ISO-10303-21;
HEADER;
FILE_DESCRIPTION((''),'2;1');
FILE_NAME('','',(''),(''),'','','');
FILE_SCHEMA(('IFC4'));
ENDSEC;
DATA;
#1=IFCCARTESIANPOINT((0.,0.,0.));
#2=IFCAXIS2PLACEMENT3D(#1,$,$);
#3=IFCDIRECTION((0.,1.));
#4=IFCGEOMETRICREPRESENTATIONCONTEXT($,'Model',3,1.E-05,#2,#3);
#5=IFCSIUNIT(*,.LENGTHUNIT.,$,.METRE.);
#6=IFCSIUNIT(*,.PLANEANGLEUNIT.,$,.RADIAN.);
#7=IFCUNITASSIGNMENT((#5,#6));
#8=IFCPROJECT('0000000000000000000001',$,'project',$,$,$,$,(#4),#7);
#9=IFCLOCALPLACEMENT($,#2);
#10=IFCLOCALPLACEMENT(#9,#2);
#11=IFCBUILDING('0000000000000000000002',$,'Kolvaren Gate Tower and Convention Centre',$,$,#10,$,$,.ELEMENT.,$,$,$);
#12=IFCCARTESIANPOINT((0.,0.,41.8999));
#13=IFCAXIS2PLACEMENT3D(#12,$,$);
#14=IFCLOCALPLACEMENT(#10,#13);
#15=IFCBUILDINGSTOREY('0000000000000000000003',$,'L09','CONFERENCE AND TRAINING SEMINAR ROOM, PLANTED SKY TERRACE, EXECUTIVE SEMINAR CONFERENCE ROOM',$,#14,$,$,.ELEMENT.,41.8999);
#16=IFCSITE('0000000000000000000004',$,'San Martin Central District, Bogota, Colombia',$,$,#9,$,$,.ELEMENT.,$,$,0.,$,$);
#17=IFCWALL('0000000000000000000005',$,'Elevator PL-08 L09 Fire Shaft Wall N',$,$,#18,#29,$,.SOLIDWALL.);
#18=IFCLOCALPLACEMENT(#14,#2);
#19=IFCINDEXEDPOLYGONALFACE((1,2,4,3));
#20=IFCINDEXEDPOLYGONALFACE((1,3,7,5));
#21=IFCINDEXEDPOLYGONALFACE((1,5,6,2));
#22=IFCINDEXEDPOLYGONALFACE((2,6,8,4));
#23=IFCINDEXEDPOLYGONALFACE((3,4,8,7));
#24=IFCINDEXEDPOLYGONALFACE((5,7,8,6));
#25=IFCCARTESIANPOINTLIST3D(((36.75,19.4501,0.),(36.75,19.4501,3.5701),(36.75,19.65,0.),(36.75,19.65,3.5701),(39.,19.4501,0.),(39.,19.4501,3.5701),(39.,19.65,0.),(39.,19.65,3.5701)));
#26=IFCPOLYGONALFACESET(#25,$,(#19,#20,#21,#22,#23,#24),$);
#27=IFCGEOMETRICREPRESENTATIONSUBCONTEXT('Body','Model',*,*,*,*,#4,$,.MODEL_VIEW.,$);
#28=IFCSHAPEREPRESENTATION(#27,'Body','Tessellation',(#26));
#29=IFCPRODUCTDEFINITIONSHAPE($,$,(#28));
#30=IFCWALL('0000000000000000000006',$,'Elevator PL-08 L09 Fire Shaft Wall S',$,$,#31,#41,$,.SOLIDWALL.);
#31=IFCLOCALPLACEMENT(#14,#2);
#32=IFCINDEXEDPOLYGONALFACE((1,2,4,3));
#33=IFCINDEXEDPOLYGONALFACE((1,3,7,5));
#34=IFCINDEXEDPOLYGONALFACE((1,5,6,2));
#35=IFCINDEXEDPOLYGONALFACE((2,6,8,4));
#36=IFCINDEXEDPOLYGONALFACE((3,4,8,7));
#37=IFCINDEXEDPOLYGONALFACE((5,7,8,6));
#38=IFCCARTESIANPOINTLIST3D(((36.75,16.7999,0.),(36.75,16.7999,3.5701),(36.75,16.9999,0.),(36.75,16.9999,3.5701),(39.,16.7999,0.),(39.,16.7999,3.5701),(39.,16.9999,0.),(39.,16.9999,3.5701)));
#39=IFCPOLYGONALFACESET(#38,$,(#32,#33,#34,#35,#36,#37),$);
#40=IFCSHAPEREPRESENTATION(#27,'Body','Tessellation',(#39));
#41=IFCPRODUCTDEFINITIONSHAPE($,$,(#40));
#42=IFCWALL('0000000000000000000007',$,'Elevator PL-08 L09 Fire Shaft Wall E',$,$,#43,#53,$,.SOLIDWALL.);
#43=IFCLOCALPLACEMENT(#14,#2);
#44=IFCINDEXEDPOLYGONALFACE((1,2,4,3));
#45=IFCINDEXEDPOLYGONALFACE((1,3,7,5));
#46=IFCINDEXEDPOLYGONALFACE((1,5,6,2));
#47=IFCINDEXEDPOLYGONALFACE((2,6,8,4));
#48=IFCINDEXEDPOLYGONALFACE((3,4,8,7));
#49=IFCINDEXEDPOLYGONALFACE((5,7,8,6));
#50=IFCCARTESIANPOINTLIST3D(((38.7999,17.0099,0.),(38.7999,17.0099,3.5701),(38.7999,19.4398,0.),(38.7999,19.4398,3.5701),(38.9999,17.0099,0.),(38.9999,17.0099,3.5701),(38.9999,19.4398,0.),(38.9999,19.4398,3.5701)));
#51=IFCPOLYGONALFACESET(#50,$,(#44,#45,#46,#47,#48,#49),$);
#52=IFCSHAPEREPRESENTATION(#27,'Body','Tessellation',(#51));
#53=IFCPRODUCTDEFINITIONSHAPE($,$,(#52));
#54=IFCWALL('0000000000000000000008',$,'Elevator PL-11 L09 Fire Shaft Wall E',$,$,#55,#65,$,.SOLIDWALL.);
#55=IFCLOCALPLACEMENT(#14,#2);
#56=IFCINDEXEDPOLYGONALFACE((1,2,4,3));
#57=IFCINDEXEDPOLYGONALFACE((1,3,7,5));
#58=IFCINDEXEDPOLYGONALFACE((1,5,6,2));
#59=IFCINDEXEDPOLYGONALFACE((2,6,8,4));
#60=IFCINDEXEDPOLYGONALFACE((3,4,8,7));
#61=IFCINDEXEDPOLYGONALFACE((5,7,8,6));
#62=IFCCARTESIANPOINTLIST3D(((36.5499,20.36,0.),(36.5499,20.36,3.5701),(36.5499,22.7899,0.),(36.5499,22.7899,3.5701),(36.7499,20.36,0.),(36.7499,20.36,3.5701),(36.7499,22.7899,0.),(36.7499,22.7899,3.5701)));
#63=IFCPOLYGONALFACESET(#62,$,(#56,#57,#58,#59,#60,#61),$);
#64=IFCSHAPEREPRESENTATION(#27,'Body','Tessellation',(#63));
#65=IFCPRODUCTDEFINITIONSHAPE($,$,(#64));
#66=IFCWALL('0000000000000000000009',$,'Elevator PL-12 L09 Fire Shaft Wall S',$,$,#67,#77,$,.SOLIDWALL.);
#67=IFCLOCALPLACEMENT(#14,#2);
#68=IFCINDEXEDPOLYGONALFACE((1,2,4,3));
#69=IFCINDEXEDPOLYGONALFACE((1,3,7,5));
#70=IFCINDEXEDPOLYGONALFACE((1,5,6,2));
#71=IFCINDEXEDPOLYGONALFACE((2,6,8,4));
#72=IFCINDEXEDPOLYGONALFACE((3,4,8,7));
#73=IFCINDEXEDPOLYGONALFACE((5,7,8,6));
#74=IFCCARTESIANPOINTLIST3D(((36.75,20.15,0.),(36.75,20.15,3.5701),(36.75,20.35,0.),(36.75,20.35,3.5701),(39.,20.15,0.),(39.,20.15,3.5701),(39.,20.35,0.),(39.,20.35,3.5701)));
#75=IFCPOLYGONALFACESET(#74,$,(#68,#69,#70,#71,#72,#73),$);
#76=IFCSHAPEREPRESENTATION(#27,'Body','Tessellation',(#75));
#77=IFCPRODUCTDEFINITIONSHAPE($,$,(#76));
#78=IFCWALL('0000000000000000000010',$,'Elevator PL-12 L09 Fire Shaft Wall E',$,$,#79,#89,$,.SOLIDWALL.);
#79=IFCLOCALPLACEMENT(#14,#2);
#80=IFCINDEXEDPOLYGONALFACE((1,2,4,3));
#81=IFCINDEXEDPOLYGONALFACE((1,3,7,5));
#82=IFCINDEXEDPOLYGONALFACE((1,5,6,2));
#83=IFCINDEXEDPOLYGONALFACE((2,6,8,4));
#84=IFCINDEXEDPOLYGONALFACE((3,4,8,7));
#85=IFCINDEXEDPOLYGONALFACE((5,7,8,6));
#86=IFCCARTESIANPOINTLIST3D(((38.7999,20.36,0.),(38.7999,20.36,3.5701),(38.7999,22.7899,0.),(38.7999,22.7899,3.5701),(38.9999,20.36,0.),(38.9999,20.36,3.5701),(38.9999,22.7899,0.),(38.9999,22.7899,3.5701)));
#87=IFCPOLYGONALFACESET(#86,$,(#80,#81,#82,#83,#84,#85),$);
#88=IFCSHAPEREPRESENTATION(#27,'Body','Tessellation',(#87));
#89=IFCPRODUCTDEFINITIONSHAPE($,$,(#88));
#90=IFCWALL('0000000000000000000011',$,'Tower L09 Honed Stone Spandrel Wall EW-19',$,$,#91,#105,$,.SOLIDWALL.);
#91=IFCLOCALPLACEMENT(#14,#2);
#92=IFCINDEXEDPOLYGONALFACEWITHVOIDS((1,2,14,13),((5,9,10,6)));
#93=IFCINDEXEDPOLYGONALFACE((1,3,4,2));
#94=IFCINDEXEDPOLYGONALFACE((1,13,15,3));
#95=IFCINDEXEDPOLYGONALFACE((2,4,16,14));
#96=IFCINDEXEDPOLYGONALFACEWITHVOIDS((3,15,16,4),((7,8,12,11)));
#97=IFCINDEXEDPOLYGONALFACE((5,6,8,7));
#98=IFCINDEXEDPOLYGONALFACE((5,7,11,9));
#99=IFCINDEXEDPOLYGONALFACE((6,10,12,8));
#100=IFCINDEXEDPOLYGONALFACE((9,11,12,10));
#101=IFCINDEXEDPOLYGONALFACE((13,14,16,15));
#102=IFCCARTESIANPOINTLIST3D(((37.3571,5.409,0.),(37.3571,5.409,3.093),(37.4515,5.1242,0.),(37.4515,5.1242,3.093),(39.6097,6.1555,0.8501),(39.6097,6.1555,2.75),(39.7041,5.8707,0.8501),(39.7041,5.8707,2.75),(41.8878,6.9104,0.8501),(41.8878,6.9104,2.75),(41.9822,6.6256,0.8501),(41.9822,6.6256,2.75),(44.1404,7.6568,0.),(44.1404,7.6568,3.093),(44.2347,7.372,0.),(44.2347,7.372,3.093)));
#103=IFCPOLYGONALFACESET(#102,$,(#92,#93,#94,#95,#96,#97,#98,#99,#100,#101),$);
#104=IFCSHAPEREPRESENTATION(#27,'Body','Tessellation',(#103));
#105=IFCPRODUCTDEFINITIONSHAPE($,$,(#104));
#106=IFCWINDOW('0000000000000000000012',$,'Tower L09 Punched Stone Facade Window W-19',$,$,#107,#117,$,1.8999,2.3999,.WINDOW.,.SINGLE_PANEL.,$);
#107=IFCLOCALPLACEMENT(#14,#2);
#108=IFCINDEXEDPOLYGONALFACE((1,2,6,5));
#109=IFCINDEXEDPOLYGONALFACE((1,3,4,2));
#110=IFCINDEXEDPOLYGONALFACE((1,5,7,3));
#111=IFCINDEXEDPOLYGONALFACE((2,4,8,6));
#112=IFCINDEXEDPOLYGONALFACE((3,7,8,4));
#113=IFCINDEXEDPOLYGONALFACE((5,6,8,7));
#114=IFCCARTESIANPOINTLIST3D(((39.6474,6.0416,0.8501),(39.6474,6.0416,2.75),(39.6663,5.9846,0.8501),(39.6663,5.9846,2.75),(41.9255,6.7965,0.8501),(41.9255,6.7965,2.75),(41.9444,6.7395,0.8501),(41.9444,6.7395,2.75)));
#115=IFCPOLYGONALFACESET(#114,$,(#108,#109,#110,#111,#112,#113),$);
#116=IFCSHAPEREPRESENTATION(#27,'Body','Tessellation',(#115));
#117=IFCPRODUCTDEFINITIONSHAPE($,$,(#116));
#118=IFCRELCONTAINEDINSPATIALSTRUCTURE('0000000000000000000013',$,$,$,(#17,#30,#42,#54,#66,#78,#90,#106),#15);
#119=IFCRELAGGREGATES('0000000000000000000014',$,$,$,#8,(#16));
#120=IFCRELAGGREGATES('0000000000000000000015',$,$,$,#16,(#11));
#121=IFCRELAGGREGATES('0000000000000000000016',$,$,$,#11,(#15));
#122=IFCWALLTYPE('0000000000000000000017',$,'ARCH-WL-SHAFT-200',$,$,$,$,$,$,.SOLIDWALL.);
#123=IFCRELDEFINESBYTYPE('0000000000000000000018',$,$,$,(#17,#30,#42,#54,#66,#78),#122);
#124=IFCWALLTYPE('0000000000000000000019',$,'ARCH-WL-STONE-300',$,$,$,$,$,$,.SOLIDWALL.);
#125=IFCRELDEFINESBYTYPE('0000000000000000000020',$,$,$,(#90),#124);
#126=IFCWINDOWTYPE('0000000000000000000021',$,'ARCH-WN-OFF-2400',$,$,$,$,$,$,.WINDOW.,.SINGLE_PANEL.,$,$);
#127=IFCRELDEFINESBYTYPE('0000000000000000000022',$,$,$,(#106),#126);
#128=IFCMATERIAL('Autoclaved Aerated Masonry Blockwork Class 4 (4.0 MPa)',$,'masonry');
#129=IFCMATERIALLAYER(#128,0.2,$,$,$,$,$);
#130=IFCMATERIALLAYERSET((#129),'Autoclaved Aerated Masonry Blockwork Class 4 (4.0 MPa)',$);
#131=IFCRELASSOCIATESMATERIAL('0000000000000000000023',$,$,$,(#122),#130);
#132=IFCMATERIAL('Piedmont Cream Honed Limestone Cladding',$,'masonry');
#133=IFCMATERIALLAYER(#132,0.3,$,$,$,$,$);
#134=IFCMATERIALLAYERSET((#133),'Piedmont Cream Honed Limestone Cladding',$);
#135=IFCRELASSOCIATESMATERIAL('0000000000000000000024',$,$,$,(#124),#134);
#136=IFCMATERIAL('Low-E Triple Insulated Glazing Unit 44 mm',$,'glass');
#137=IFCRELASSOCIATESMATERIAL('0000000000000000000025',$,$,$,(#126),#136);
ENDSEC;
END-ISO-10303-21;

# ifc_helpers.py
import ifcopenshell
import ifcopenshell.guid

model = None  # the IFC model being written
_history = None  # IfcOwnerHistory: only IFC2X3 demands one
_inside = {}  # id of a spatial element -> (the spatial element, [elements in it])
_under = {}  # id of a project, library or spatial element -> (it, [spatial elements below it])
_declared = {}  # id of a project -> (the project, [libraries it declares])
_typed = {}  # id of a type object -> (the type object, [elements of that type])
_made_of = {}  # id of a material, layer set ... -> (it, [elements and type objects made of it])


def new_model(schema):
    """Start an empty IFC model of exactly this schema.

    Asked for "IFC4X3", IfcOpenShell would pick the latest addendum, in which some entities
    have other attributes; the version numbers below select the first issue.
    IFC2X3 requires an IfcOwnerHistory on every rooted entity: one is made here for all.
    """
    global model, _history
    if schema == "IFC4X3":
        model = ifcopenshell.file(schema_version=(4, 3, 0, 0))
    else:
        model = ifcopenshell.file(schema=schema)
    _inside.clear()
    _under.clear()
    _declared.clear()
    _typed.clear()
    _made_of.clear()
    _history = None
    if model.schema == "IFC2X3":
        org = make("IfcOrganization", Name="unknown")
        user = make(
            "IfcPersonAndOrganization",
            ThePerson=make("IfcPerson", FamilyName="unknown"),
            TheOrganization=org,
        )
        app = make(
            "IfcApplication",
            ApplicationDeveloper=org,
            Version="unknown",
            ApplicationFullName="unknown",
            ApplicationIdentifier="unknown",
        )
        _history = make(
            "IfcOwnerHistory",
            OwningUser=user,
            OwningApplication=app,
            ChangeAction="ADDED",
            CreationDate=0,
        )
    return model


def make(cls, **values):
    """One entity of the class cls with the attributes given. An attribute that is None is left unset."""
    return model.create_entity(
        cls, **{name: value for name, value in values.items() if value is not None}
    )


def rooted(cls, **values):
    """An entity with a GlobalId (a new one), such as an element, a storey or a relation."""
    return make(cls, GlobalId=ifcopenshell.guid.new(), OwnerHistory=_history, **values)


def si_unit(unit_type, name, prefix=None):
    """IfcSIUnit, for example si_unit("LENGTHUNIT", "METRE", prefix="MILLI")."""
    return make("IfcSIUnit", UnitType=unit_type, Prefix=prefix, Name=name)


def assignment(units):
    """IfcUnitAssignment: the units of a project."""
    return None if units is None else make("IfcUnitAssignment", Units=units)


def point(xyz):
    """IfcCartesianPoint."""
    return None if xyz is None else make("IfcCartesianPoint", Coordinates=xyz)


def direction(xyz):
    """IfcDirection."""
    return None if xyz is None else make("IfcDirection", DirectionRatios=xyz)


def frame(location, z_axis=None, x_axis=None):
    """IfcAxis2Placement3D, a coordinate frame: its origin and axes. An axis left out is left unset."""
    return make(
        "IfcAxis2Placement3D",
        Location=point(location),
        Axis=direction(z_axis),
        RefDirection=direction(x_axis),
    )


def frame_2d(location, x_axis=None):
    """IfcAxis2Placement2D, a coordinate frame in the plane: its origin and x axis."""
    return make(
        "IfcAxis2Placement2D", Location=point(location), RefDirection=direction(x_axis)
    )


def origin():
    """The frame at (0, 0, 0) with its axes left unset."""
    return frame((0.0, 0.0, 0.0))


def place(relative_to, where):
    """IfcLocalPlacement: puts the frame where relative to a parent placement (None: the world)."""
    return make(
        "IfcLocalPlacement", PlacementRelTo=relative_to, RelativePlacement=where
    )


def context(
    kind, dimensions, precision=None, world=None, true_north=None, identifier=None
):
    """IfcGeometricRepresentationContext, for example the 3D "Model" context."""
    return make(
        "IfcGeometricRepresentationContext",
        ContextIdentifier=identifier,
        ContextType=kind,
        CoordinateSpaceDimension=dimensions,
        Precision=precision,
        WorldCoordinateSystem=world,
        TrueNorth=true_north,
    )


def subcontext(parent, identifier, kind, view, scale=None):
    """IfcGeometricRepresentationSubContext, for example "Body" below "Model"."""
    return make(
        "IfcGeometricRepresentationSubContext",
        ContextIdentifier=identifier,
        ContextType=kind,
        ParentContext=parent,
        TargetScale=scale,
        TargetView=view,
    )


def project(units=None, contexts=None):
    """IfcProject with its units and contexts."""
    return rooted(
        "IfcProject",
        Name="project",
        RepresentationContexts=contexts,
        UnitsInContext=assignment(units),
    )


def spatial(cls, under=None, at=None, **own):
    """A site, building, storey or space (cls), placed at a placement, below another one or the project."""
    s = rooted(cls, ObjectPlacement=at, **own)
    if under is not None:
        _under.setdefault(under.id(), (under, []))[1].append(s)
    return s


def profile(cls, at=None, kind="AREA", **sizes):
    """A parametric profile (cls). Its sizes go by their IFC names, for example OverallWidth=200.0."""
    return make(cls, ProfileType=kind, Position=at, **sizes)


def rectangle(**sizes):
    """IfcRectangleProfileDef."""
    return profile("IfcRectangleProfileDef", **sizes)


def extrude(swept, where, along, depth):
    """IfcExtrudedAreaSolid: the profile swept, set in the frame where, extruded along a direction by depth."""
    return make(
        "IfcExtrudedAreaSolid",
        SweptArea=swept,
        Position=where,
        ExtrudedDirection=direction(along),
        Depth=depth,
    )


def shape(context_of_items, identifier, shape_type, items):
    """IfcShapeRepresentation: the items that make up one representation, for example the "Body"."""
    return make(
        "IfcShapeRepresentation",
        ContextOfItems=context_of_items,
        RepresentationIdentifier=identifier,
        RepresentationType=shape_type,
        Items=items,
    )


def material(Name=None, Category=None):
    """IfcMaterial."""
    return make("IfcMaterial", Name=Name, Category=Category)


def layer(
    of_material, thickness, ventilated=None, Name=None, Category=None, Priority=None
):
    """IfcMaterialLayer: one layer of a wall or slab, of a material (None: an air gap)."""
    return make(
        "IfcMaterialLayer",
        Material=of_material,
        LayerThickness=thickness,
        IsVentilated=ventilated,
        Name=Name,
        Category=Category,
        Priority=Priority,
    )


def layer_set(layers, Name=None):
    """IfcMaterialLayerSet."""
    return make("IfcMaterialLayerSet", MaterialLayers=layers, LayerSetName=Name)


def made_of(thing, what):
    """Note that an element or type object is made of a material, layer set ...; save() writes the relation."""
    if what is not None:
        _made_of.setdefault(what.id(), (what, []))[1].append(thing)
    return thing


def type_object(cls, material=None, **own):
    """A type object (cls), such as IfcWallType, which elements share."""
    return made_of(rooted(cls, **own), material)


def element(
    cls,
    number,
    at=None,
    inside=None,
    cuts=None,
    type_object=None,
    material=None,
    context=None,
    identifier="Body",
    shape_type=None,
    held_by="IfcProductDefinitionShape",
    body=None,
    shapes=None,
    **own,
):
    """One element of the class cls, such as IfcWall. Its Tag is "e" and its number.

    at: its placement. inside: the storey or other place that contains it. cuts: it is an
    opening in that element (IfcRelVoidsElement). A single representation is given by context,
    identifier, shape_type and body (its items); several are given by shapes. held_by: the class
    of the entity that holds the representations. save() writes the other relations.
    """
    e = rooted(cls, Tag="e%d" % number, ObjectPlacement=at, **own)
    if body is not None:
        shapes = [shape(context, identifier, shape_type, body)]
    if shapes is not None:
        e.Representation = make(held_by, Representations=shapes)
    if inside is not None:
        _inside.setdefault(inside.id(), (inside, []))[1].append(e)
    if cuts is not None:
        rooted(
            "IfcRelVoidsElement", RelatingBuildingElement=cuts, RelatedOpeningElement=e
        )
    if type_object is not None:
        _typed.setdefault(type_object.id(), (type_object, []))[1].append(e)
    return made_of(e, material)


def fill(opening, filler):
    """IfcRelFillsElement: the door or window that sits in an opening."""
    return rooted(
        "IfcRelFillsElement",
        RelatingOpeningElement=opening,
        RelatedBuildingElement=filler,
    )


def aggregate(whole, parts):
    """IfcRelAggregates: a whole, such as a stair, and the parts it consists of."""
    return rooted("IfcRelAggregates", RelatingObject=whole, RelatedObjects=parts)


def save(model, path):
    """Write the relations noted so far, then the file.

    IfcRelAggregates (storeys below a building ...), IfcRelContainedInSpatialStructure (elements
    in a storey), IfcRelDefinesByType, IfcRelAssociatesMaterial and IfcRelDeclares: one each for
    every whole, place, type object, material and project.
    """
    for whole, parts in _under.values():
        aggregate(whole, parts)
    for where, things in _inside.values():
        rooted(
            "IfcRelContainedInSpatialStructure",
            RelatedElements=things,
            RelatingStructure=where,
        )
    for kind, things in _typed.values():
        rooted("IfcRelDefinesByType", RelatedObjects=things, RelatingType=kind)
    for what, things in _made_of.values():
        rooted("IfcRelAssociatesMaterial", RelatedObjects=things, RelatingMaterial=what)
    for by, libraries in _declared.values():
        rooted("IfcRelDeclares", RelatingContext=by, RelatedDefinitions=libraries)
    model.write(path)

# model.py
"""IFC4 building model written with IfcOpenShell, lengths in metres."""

from ifc_helpers import new_model, si_unit, direction, frame, frame_2d, origin, place, context, subcontext, project, spatial, rectangle, extrude, material, layer, layer_set, type_object, element, fill, save


model = new_model("IFC4")

# Units and contexts
model_context = context("Model", 3, precision=1e-05, world=origin(), true_north=direction((0.0, 1.0)))
body_context = subcontext(model_context, "Body", "Model", "MODEL_VIEW")
ifc_project = project(units=[si_unit("LENGTHUNIT", "METRE"), si_unit("PLANEANGLEUNIT", "RADIAN")], contexts=[model_context])

# Site, building, storey
site_placement = place(None, origin())
site = spatial("IfcSite", under=ifc_project, at=site_placement, Name="San Martin Central District, Bogota, Colombia", CompositionType="ELEMENT", RefElevation=0.0)
building_placement = place(site_placement, origin())
building = spatial("IfcBuilding", under=site, at=building_placement, Name="Kolvaren Gate Tower and Convention Centre", CompositionType="ELEMENT")
storey_placement = place(building_placement, frame((0.0, 0.0, 41.8999)))
storey = spatial("IfcBuildingStorey", under=building, at=storey_placement, Name="L09", Description="CONFERENCE AND TRAINING SEMINAR ROOM, PLANTED SKY TERRACE, EXECUTIVE SEMINAR CONFERENCE ROOM", CompositionType="ELEMENT", Elevation=41.8999)

# Walls
ifc_material_1 = material(Name="Autoclaved Aerated Masonry Blockwork Class 4 (4.0 MPa)", Category="masonry")
ifc_layer_1 = layer(ifc_material_1, 0.2)
ifc_layer_set_1 = layer_set([ifc_layer_1], Name="Autoclaved Aerated Masonry Blockwork Class 4 (4.0 MPa)")
wall_type_1 = type_object("IfcWallType", Name="ARCH-WL-SHAFT-200", PredefinedType="SOLIDWALL", material=ifc_layer_set_1)
for number, where, z_axis, x_axis, name in (
    (1, (36.75, 19.55, 0.0), (0.0, 0.0, 1.0), (1.0, 0.0, 0.0), "Elevator PL-08 L09 Fire Shaft Wall N"),
    (2, (36.75, 16.8999, 0.0), (0.0, 0.0, 1.0), (1.0, 0.0, 0.0), "Elevator PL-08 L09 Fire Shaft Wall S"),
):
    element("IfcWall", number, at=place(storey_placement, frame(where, z_axis=z_axis, x_axis=x_axis)), inside=storey, type_object=wall_type_1, Name=name, PredefinedType="SOLIDWALL", context=body_context, shape_type="SweptSolid", body=[
        extrude(rectangle(XDim=2.25, YDim=0.2, at=frame_2d((1.125, 0.0))), origin(), (0.0, 0.0, 1.0), 3.5701),
    ])
for number, where, z_axis, x_axis, name in (
    (3, (38.8999, 17.01, 0.0), (0.0, 0.0, 1.0), (0.0, 1.0, 0.0), "Elevator PL-08 L09 Fire Shaft Wall E"),
    (4, (36.6499, 20.3601, 0.0), (0.0, 0.0, 1.0), (0.0, 1.0, 0.0), "Elevator PL-11 L09 Fire Shaft Wall E"),
):
    element("IfcWall", number, at=place(storey_placement, frame(where, z_axis=z_axis, x_axis=x_axis)), inside=storey, type_object=wall_type_1, Name=name, PredefinedType="SOLIDWALL", context=body_context, shape_type="SweptSolid", body=[
        extrude(rectangle(XDim=2.4299, YDim=0.2, at=frame_2d((1.2148, 0.0))), origin(), (0.0, 0.0, 1.0), 3.5701),
    ])
wall_1_placement = place(storey_placement, frame((36.75, 20.25, 0.0), z_axis=(0.0, 0.0, 1.0), x_axis=(1.0, 0.0, 0.0)))
element("IfcWall", 5, at=wall_1_placement, inside=storey, type_object=wall_type_1, Name="Elevator PL-12 L09 Fire Shaft Wall S", PredefinedType="SOLIDWALL", context=body_context, shape_type="SweptSolid", body=[
    extrude(rectangle(XDim=2.25, YDim=0.2, at=frame_2d((1.125, 0.0))), origin(), (0.0, 0.0, 1.0), 3.5701),
])
wall_2_placement = place(storey_placement, frame((38.8999, 20.3601, 0.0), z_axis=(0.0, 0.0, 1.0), x_axis=(0.0, 1.0, 0.0)))
element("IfcWall", 6, at=wall_2_placement, inside=storey, type_object=wall_type_1, Name="Elevator PL-12 L09 Fire Shaft Wall E", PredefinedType="SOLIDWALL", context=body_context, shape_type="SweptSolid", body=[
    extrude(rectangle(XDim=2.4299, YDim=0.2, at=frame_2d((1.2148, 0.0))), origin(), (0.0, 0.0, 1.0), 3.5701),
])

# Wall, opening, window
ifc_material_2 = material(Name="Piedmont Cream Honed Limestone Cladding", Category="masonry")
ifc_layer_2 = layer(ifc_material_2, 0.3)
ifc_layer_set_2 = layer_set([ifc_layer_2], Name="Piedmont Cream Honed Limestone Cladding")
wall_type_2 = type_object("IfcWallType", Name="ARCH-WL-STONE-300", PredefinedType="SOLIDWALL", material=ifc_layer_set_2)
wall_3_placement = place(storey_placement, frame((37.4043, 5.2666, 0.0), z_axis=(0.0, 0.0, 1.0), x_axis=(0.949239, 0.314557, 0.0)))
wall_3 = element("IfcWall", 7, at=wall_3_placement, inside=storey, type_object=wall_type_2, Name="Tower L09 Honed Stone Spandrel Wall EW-19", PredefinedType="SOLIDWALL", context=body_context, shape_type="SweptSolid", body=[
    extrude(rectangle(XDim=7.146, YDim=0.3, at=frame_2d((3.573, 0.0))), origin(), (0.0, 0.0, 1.0), 3.093),
])
opening_placement = place(wall_3_placement, frame((2.373, 0.0, 0.8501)))
opening = element("IfcOpeningElement", 8, at=opening_placement, cuts=wall_3, PredefinedType="OPENING", context=body_context, shape_type="SweptSolid", body=[
    extrude(rectangle(XDim=2.3999, YDim=1.8999, at=frame_2d((1.2, 0.95))), frame((0.0, 0.1599, 0.0), z_axis=(0.0, -1.0, 0.0), x_axis=(1.0, 0.0, 0.0)), (0.0, 0.0, 1.0), 0.3201),
])
ifc_material_3 = material(Name="Low-E Triple Insulated Glazing Unit 44 mm", Category="glass")
window_type = type_object("IfcWindowType", Name="ARCH-WN-OFF-2400", PartitioningType="SINGLE_PANEL", PredefinedType="WINDOW", material=ifc_material_3)
window_placement = place(opening_placement, origin())
window = element("IfcWindow", 9, at=window_placement, inside=storey, type_object=window_type, Name="Tower L09 Punched Stone Facade Window W-19", OverallHeight=1.8999, OverallWidth=2.3999, PartitioningType="SINGLE_PANEL", PredefinedType="WINDOW", context=body_context, shape_type="SweptSolid", body=[
    extrude(rectangle(XDim=2.3999, YDim=1.8999, at=frame_2d((1.2, 0.95))), frame((0.0, 0.03, 0.0), z_axis=(0.0, -1.0, 0.0), x_axis=(1.0, 0.0, 0.0)), (0.0, 0.0, 1.0), 0.0601),
])
fill(opening, window)

save(model, "model.ifc")
